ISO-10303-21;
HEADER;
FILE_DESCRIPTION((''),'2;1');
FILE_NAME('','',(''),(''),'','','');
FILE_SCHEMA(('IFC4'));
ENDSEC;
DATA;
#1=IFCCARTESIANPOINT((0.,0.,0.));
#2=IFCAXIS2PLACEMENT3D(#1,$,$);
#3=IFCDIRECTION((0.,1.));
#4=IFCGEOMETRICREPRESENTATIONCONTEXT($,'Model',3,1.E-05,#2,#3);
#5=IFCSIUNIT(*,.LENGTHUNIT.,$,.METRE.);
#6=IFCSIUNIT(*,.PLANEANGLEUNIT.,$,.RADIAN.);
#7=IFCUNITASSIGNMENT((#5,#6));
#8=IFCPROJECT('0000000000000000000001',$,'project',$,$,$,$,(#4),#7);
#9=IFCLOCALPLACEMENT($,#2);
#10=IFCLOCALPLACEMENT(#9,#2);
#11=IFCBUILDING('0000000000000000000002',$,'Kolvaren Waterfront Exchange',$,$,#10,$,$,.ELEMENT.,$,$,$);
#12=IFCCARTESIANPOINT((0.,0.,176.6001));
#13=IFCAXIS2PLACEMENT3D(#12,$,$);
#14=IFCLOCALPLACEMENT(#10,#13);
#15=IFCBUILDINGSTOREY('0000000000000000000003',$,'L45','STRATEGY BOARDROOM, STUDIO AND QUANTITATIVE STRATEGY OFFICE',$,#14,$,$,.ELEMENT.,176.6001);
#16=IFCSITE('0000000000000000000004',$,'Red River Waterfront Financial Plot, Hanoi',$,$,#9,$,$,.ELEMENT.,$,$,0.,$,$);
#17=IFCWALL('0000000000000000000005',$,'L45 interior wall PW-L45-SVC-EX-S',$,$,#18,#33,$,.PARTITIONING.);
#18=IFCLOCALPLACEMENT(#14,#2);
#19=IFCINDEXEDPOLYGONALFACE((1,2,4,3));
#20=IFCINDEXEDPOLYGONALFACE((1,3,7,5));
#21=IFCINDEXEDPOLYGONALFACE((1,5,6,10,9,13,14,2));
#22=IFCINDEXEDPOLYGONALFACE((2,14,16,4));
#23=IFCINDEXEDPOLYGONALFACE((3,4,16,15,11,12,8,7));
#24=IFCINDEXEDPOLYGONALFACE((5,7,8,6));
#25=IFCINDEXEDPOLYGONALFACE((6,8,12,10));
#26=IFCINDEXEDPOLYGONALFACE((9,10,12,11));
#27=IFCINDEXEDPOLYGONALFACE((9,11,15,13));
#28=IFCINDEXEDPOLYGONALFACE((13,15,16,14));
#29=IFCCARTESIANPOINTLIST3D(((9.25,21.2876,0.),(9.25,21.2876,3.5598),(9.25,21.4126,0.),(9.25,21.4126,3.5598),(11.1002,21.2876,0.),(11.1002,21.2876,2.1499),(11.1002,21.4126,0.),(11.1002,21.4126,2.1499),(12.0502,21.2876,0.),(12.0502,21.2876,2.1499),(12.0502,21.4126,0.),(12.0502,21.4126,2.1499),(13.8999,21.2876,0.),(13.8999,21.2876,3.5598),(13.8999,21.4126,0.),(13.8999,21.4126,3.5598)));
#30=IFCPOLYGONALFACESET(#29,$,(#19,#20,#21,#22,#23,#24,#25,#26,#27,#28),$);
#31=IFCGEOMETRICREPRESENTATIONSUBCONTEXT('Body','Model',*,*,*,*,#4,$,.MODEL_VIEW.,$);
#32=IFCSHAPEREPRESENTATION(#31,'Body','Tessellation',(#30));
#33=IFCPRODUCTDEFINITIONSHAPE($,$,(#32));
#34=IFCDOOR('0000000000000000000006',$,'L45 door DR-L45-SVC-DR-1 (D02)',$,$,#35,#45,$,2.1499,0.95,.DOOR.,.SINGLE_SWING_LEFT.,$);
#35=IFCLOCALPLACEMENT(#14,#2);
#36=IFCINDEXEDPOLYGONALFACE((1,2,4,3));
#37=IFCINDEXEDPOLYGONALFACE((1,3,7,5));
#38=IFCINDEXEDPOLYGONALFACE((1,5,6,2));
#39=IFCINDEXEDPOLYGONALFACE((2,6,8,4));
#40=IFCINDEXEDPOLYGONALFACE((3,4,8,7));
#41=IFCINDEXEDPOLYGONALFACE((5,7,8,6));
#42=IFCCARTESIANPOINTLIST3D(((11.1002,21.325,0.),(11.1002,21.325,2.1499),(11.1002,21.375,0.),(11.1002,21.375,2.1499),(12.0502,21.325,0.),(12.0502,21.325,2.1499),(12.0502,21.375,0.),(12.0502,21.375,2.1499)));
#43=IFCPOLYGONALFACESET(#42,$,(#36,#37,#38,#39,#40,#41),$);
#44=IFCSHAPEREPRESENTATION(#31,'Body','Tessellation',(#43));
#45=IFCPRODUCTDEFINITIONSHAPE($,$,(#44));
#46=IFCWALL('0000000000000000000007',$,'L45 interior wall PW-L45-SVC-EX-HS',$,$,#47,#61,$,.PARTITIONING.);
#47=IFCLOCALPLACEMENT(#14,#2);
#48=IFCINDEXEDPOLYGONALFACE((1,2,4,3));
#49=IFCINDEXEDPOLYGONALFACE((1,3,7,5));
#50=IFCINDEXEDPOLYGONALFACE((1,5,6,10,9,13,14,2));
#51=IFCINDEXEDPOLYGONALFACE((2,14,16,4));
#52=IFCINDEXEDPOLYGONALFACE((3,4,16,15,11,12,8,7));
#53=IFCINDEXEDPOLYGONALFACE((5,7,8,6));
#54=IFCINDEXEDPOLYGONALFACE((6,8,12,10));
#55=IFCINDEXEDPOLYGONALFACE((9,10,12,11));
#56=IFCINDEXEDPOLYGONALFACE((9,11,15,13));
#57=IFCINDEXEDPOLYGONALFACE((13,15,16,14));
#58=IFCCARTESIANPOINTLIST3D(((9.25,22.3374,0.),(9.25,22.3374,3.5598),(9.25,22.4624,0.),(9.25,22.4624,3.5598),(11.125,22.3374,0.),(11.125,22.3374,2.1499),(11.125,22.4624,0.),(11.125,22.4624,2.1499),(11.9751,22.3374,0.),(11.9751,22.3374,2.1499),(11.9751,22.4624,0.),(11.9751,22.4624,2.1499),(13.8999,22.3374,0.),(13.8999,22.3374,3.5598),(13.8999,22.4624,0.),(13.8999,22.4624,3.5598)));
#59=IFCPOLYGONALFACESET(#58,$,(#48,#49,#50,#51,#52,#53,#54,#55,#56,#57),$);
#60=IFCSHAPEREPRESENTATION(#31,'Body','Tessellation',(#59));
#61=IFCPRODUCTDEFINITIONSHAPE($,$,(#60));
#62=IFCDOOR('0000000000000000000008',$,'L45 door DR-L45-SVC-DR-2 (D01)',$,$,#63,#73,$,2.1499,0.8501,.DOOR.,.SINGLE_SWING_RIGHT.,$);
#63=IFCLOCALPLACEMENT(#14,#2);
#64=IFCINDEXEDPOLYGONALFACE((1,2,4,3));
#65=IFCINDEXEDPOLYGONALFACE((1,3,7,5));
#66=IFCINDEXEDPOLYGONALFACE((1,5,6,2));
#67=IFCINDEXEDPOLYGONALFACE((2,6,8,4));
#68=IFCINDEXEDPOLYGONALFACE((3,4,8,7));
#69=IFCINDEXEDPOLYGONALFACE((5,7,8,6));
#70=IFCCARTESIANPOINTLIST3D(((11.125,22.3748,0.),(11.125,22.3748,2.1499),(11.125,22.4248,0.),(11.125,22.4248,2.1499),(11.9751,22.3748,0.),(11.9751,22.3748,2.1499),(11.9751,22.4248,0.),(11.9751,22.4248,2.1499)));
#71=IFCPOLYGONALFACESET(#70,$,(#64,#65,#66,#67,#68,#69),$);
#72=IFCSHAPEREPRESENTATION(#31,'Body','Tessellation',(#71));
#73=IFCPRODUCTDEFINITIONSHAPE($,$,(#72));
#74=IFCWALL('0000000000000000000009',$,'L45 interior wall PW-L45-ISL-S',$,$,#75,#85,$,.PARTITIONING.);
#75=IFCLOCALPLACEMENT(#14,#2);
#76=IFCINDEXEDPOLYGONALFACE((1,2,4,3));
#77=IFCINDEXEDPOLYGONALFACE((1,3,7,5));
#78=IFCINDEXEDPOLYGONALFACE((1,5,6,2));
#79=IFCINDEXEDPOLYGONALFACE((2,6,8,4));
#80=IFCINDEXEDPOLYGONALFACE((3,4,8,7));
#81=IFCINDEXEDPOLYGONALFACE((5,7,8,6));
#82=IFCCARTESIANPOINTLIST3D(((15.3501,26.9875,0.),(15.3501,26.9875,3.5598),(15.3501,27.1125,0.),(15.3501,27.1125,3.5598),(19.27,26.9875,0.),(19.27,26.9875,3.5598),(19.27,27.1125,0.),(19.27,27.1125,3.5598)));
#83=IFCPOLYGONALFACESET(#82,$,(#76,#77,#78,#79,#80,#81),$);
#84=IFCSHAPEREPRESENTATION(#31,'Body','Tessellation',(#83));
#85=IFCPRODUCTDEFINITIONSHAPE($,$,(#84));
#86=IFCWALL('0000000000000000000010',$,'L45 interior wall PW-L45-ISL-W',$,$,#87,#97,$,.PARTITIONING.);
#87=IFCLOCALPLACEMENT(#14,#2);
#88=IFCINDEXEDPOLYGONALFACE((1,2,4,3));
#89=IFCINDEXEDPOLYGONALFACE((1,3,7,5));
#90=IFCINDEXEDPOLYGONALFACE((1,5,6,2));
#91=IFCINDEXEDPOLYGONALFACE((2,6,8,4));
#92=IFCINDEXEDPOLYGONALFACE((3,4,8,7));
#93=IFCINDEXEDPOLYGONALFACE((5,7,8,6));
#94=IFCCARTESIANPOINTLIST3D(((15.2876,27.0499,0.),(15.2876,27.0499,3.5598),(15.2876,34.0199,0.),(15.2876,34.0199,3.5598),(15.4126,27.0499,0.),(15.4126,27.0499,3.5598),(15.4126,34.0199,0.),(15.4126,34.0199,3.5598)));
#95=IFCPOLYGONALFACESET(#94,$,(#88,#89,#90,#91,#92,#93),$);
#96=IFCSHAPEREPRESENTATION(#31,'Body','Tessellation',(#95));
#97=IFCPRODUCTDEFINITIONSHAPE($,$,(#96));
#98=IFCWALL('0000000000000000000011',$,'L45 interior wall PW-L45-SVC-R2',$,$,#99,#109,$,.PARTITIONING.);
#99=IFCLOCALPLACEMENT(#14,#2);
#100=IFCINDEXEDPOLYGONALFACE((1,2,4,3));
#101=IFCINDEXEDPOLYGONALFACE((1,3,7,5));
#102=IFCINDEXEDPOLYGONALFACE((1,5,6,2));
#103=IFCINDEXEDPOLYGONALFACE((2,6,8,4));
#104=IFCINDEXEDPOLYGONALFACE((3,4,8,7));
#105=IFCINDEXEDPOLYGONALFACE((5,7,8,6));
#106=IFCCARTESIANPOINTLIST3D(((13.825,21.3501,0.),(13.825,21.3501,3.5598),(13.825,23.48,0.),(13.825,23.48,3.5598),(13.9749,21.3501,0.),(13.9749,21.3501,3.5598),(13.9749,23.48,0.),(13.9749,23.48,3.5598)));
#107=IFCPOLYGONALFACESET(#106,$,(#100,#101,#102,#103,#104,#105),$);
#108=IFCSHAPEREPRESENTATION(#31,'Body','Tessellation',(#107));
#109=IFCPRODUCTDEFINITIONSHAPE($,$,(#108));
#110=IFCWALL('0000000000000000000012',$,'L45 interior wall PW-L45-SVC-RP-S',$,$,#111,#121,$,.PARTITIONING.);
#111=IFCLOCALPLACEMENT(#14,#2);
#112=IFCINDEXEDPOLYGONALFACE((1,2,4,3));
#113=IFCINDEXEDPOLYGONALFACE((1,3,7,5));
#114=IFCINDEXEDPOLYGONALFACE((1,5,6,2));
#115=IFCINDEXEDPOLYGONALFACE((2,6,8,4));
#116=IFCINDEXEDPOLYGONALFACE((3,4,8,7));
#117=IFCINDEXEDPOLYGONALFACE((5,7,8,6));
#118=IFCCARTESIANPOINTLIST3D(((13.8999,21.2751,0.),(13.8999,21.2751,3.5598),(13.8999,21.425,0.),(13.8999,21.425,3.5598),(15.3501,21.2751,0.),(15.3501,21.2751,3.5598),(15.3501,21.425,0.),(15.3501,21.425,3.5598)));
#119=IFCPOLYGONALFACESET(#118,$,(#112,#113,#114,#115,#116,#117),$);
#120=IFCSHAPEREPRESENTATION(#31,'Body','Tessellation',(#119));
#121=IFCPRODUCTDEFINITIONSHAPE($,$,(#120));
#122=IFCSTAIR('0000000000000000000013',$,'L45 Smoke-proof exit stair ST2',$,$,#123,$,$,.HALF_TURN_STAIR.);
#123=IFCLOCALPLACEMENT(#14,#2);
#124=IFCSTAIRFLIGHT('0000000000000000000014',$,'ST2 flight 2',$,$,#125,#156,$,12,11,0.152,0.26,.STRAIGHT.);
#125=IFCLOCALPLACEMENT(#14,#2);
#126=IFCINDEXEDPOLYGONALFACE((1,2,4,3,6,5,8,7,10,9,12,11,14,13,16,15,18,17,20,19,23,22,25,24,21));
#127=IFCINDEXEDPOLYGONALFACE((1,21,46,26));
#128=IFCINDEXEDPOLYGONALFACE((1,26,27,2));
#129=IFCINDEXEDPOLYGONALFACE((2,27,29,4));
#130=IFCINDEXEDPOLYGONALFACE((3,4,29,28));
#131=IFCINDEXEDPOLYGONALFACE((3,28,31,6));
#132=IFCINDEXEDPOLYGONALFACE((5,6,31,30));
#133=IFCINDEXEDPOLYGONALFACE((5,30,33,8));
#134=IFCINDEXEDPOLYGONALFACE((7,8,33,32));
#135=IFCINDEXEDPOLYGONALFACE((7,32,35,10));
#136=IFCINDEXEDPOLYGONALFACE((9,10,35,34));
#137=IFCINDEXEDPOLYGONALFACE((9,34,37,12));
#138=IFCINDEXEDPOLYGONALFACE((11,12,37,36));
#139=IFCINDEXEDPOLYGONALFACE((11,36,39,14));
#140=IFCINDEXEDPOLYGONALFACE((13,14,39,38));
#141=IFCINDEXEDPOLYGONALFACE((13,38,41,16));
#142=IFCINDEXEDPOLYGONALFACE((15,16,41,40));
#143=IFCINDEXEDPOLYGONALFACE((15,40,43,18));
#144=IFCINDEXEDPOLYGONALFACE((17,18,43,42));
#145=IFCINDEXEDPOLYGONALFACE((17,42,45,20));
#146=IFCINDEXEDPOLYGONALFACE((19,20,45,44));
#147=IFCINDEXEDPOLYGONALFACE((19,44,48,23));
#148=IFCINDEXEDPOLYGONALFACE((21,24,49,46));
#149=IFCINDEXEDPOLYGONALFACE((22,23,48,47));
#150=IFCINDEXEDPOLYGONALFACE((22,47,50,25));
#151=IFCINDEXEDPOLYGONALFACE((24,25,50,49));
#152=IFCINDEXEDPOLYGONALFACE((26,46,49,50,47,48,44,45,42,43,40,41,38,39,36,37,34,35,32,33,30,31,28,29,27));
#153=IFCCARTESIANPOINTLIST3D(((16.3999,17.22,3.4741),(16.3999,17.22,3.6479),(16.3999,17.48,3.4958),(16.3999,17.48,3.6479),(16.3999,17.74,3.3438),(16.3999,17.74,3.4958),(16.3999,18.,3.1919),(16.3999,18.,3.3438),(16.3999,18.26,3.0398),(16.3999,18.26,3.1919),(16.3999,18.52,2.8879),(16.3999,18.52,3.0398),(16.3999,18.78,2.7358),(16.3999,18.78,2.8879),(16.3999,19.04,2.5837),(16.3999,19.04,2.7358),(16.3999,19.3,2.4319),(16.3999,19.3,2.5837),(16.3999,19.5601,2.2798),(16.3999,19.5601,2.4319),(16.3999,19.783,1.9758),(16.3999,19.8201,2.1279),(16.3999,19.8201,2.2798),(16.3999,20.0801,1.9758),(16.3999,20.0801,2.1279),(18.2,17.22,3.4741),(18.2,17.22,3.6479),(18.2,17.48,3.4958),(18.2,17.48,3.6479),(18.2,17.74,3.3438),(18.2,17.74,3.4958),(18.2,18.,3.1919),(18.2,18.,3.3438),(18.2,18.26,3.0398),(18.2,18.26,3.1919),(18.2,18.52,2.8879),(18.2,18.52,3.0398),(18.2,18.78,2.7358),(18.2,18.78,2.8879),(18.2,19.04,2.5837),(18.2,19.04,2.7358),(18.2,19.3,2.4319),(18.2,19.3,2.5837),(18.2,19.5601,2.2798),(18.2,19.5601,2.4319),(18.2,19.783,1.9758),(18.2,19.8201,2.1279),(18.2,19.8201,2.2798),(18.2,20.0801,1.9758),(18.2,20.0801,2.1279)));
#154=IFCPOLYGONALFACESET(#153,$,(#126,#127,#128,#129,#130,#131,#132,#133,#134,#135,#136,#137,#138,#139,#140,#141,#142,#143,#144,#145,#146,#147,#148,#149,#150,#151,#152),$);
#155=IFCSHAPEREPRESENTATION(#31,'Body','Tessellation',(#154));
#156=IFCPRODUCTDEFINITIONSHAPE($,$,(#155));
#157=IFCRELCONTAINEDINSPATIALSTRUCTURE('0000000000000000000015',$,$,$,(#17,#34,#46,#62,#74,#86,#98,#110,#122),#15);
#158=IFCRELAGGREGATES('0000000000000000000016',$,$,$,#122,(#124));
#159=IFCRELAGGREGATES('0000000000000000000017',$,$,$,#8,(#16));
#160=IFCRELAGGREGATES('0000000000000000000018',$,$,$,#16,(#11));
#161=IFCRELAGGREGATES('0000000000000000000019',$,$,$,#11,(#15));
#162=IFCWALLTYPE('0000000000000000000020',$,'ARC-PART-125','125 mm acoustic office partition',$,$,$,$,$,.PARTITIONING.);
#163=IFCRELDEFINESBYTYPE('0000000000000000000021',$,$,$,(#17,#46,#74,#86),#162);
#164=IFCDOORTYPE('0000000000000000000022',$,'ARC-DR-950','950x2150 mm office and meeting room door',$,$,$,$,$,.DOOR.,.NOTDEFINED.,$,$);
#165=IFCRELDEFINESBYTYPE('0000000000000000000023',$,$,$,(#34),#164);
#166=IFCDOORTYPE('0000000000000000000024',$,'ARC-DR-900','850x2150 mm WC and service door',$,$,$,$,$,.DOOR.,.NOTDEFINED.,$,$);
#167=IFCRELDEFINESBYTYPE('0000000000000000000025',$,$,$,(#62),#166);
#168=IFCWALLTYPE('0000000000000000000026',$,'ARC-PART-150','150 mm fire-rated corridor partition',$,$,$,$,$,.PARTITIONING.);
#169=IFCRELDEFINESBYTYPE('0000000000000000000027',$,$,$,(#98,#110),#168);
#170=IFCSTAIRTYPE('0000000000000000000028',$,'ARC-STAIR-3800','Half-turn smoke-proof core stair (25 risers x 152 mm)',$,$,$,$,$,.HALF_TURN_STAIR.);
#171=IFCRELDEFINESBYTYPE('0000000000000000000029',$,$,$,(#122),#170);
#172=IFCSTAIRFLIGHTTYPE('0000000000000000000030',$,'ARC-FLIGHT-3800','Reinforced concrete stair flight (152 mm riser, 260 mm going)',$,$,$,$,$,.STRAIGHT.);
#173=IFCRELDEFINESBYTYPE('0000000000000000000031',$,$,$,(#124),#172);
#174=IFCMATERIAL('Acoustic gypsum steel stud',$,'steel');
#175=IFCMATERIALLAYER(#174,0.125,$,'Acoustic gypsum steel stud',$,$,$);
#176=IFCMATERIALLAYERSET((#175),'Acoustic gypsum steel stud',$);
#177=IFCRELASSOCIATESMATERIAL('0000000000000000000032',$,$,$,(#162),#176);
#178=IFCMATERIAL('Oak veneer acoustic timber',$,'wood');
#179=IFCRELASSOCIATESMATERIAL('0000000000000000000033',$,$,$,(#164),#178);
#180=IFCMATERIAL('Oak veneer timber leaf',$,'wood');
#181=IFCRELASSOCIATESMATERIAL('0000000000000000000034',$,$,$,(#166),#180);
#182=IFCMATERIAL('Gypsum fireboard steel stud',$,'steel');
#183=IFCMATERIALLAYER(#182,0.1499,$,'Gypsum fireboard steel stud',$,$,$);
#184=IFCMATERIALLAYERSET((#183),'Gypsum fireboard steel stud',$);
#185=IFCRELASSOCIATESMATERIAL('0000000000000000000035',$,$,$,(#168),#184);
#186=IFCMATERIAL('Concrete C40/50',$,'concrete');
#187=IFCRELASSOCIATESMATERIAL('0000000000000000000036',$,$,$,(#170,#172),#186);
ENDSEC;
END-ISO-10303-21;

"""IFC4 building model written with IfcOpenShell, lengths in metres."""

from ifc_helpers import new_model, si_unit, direction, frame, frame_2d, origin, place, context, subcontext, project, spatial, polyline, rectangle, outline, extrude, material, layer, layer_set, type_object, element, fill, aggregate, save


model = new_model("IFC4")

# Units and contexts
model_context = context("Model", 3, precision=1e-05, world=origin(), true_north=direction((0.0, 1.0)))
body_context = subcontext(model_context, "Body", "Model", "MODEL_VIEW")
ifc_project = project(units=[si_unit("LENGTHUNIT", "METRE"), si_unit("PLANEANGLEUNIT", "RADIAN")], contexts=[model_context])

# Site, building, storey
site_placement = place(None, origin())
site = spatial("IfcSite", under=ifc_project, at=site_placement, Name="Red River Waterfront Financial Plot, Hanoi", CompositionType="ELEMENT", RefElevation=0.0)
building_placement = place(site_placement, origin())
building = spatial("IfcBuilding", under=site, at=building_placement, Name="Kolvaren Waterfront Exchange", CompositionType="ELEMENT")
storey_placement = place(building_placement, frame((0.0, 0.0, 176.6001)))
storey = spatial("IfcBuildingStorey", under=building, at=storey_placement, Name="L45", Description="STRATEGY BOARDROOM, STUDIO AND QUANTITATIVE STRATEGY OFFICE", CompositionType="ELEMENT", Elevation=176.6001)

# Walls, openings, doors
ifc_material_1 = material(Name="Acoustic gypsum steel stud", Category="steel")
ifc_layer_1 = layer(ifc_material_1, 0.125, Name="Acoustic gypsum steel stud")
ifc_layer_set_1 = layer_set([ifc_layer_1], Name="Acoustic gypsum steel stud")
wall_type_1 = type_object("IfcWallType", Name="ARC-PART-125", Description="125 mm acoustic office partition", PredefinedType="PARTITIONING", material=ifc_layer_set_1)
wall_1_placement = place(storey_placement, frame((9.25, 21.3501, 0.0), z_axis=(0.0, 0.0, 1.0), x_axis=(1.0, 0.0, 0.0)))
wall_1 = element("IfcWall", 1, at=wall_1_placement, inside=storey, type_object=wall_type_1, Name="L45 interior wall PW-L45-SVC-EX-S", PredefinedType="PARTITIONING", context=body_context, shape_type="SweptSolid", body=[
    extrude(rectangle(XDim=4.6499, YDim=0.125, at=frame_2d((2.325, 0.0))), origin(), (0.0, 0.0, 1.0), 3.5598),
])
opening_1_placement = place(wall_1_placement, frame((1.8501, 0.0, 0.0)))
opening_1 = element("IfcOpeningElement", 2, at=opening_1_placement, cuts=wall_1, PredefinedType="OPENING", context=body_context, shape_type="SweptSolid", body=[
    extrude(rectangle(XDim=0.95, YDim=2.1499, at=frame_2d((0.4751, 1.075))), frame((0.0, 0.0725, 0.0), z_axis=(0.0, -1.0, 0.0), x_axis=(1.0, 0.0, 0.0)), (0.0, 0.0, 1.0), 0.145),
])
ifc_material_2 = material(Name="Oak veneer acoustic timber", Category="wood")
door_type_1 = type_object("IfcDoorType", Name="ARC-DR-950", Description="950x2150 mm office and meeting room door", OperationType="NOTDEFINED", PredefinedType="DOOR", material=ifc_material_2)
door_1_placement = place(opening_1_placement, origin())
door_1 = element("IfcDoor", 3, at=door_1_placement, inside=storey, type_object=door_type_1, Name="L45 door DR-L45-SVC-DR-1 (D02)", OperationType="SINGLE_SWING_LEFT", OverallHeight=2.1499, OverallWidth=0.95, PredefinedType="DOOR", context=body_context, shape_type="SweptSolid", body=[
    extrude(rectangle(XDim=0.95, YDim=2.1499, at=frame_2d((0.4751, 1.075))), frame((0.0, 0.0249, 0.0), z_axis=(0.0, -1.0, 0.0), x_axis=(1.0, 0.0, 0.0)), (0.0, 0.0, 1.0), 0.05),
])
fill(opening_1, door_1)
wall_2_placement = place(storey_placement, frame((9.25, 22.3999, 0.0), z_axis=(0.0, 0.0, 1.0), x_axis=(1.0, 0.0, 0.0)))
wall_2 = element("IfcWall", 4, at=wall_2_placement, inside=storey, type_object=wall_type_1, Name="L45 interior wall PW-L45-SVC-EX-HS", PredefinedType="PARTITIONING", context=body_context, shape_type="SweptSolid", body=[
    extrude(rectangle(XDim=4.6499, YDim=0.125, at=frame_2d((2.325, 0.0))), origin(), (0.0, 0.0, 1.0), 3.5598),
])
opening_2_placement = place(wall_2_placement, frame((1.875, 0.0, 0.0)))
opening_2 = element("IfcOpeningElement", 5, at=opening_2_placement, cuts=wall_2, PredefinedType="OPENING", context=body_context, shape_type="SweptSolid", body=[
    extrude(rectangle(XDim=0.8501, YDim=2.1499, at=frame_2d((0.425, 1.075))), frame((0.0, 0.0725, 0.0), z_axis=(0.0, -1.0, 0.0), x_axis=(1.0, 0.0, 0.0)), (0.0, 0.0, 1.0), 0.145),
])
ifc_material_3 = material(Name="Oak veneer timber leaf", Category="wood")
door_type_2 = type_object("IfcDoorType", Name="ARC-DR-900", Description="850x2150 mm WC and service door", OperationType="NOTDEFINED", PredefinedType="DOOR", material=ifc_material_3)
door_2_placement = place(opening_2_placement, origin())
door_2 = element("IfcDoor", 6, at=door_2_placement, inside=storey, type_object=door_type_2, Name="L45 door DR-L45-SVC-DR-2 (D01)", OperationType="SINGLE_SWING_RIGHT", OverallHeight=2.1499, OverallWidth=0.8501, PredefinedType="DOOR", context=body_context, shape_type="SweptSolid", body=[
    extrude(rectangle(XDim=0.8501, YDim=2.1499, at=frame_2d((0.425, 1.075))), frame((0.0, 0.0249, 0.0), z_axis=(0.0, -1.0, 0.0), x_axis=(1.0, 0.0, 0.0)), (0.0, 0.0, 1.0), 0.05),
])
fill(opening_2, door_2)

# Walls
wall_3_placement = place(storey_placement, frame((15.3501, 27.05, 0.0), z_axis=(0.0, 0.0, 1.0), x_axis=(1.0, 0.0, 0.0)))
element("IfcWall", 7, at=wall_3_placement, inside=storey, type_object=wall_type_1, Name="L45 interior wall PW-L45-ISL-S", PredefinedType="PARTITIONING", context=body_context, shape_type="SweptSolid", body=[
    extrude(rectangle(XDim=3.9199, YDim=0.125, at=frame_2d((1.96, 0.0))), origin(), (0.0, 0.0, 1.0), 3.5598),
])
wall_4_placement = place(storey_placement, frame((15.3501, 27.05, 0.0), z_axis=(0.0, 0.0, 1.0), x_axis=(0.0, 1.0, 0.0)))
element("IfcWall", 8, at=wall_4_placement, inside=storey, type_object=wall_type_1, Name="L45 interior wall PW-L45-ISL-W", PredefinedType="PARTITIONING", context=body_context, shape_type="SweptSolid", body=[
    extrude(rectangle(XDim=6.97, YDim=0.125, at=frame_2d((3.4849, 0.0))), origin(), (0.0, 0.0, 1.0), 3.5598),
])
ifc_material_4 = material(Name="Gypsum fireboard steel stud", Category="steel")
ifc_layer_2 = layer(ifc_material_4, 0.1499, Name="Gypsum fireboard steel stud")
ifc_layer_set_2 = layer_set([ifc_layer_2], Name="Gypsum fireboard steel stud")
wall_type_2 = type_object("IfcWallType", Name="ARC-PART-150", Description="150 mm fire-rated corridor partition", PredefinedType="PARTITIONING", material=ifc_layer_set_2)
wall_5_placement = place(storey_placement, frame((13.8999, 21.3501, 0.0), z_axis=(0.0, 0.0, 1.0), x_axis=(0.0, 1.0, 0.0)))
element("IfcWall", 9, at=wall_5_placement, inside=storey, type_object=wall_type_2, Name="L45 interior wall PW-L45-SVC-R2", PredefinedType="PARTITIONING", context=body_context, shape_type="SweptSolid", body=[
    extrude(rectangle(XDim=2.1299, YDim=0.1499, at=frame_2d((1.0649, 0.0))), origin(), (0.0, 0.0, 1.0), 3.5598),
])
wall_6_placement = place(storey_placement, frame((13.8999, 21.3501, 0.0), z_axis=(0.0, 0.0, 1.0), x_axis=(1.0, 0.0, 0.0)))
element("IfcWall", 10, at=wall_6_placement, inside=storey, type_object=wall_type_2, Name="L45 interior wall PW-L45-SVC-RP-S", PredefinedType="PARTITIONING", context=body_context, shape_type="SweptSolid", body=[
    extrude(rectangle(XDim=1.4502, YDim=0.1499, at=frame_2d((0.7251, 0.0))), origin(), (0.0, 0.0, 1.0), 3.5598),
])

# Stair, stair flight
ifc_material_5 = material(Name="Concrete C40/50", Category="concrete")
stair_type = type_object("IfcStairType", Name="ARC-STAIR-3800", Description="Half-turn smoke-proof core stair (25 risers x 152 mm)", PredefinedType="HALF_TURN_STAIR", material=ifc_material_5)
stair_placement = place(storey_placement, origin())
stair = element("IfcStair", 11, at=stair_placement, inside=storey, type_object=stair_type, Name="L45 Smoke-proof exit stair ST2", PredefinedType="HALF_TURN_STAIR")
stair_flight_type = type_object("IfcStairFlightType", Name="ARC-FLIGHT-3800", Description="Reinforced concrete stair flight (152 mm riser, 260 mm going)", PredefinedType="STRAIGHT", material=ifc_material_5)
stair_flight_placement = place(storey_placement, frame((17.3, 20.0801, 1.9758), z_axis=(0.0, 0.0, 1.0), x_axis=(0.0, -1.0, 0.0)))
stair_flight = element("IfcStairFlight", 12, at=stair_flight_placement, type_object=stair_flight_type, Name="ST2 flight 2", NumberOfRisers=12, NumberOfTreads=11, PredefinedType="STRAIGHT", RiserHeight=0.152, TreadLength=0.26, context=body_context, shape_type="SweptSolid", body=[
    extrude(outline(polyline([(0.0, 0.0), (0.0, 0.1521), (0.26, 0.1521), (0.26, 0.304), (0.52, 0.304), (0.52, 0.4561), (0.78, 0.4561), (0.78, 0.6079), (1.04, 0.6079), (1.04, 0.76), (1.3, 0.76), (1.3, 0.9121), (1.5601, 0.9121), (1.5601, 1.064), (1.8201, 1.064), (1.8201, 1.2161), (2.0801, 1.2161), (2.0801, 1.3679), (2.3401, 1.3679), (2.3401, 1.52), (2.6001, 1.52), (2.6001, 1.6721), (2.8601, 1.6721), (2.8601, 1.824), (2.8601, 1.4983), (0.2971, 0.0), (0.0, 0.0)])), frame((0.0, 0.8999, 0.0), z_axis=(0.0, -1.0, 0.0), x_axis=(1.0, 0.0, 0.0)), (0.0, 0.0, 1.0), 1.8),
])
aggregate(stair, [stair_flight])

save(model, "model.ifc")
